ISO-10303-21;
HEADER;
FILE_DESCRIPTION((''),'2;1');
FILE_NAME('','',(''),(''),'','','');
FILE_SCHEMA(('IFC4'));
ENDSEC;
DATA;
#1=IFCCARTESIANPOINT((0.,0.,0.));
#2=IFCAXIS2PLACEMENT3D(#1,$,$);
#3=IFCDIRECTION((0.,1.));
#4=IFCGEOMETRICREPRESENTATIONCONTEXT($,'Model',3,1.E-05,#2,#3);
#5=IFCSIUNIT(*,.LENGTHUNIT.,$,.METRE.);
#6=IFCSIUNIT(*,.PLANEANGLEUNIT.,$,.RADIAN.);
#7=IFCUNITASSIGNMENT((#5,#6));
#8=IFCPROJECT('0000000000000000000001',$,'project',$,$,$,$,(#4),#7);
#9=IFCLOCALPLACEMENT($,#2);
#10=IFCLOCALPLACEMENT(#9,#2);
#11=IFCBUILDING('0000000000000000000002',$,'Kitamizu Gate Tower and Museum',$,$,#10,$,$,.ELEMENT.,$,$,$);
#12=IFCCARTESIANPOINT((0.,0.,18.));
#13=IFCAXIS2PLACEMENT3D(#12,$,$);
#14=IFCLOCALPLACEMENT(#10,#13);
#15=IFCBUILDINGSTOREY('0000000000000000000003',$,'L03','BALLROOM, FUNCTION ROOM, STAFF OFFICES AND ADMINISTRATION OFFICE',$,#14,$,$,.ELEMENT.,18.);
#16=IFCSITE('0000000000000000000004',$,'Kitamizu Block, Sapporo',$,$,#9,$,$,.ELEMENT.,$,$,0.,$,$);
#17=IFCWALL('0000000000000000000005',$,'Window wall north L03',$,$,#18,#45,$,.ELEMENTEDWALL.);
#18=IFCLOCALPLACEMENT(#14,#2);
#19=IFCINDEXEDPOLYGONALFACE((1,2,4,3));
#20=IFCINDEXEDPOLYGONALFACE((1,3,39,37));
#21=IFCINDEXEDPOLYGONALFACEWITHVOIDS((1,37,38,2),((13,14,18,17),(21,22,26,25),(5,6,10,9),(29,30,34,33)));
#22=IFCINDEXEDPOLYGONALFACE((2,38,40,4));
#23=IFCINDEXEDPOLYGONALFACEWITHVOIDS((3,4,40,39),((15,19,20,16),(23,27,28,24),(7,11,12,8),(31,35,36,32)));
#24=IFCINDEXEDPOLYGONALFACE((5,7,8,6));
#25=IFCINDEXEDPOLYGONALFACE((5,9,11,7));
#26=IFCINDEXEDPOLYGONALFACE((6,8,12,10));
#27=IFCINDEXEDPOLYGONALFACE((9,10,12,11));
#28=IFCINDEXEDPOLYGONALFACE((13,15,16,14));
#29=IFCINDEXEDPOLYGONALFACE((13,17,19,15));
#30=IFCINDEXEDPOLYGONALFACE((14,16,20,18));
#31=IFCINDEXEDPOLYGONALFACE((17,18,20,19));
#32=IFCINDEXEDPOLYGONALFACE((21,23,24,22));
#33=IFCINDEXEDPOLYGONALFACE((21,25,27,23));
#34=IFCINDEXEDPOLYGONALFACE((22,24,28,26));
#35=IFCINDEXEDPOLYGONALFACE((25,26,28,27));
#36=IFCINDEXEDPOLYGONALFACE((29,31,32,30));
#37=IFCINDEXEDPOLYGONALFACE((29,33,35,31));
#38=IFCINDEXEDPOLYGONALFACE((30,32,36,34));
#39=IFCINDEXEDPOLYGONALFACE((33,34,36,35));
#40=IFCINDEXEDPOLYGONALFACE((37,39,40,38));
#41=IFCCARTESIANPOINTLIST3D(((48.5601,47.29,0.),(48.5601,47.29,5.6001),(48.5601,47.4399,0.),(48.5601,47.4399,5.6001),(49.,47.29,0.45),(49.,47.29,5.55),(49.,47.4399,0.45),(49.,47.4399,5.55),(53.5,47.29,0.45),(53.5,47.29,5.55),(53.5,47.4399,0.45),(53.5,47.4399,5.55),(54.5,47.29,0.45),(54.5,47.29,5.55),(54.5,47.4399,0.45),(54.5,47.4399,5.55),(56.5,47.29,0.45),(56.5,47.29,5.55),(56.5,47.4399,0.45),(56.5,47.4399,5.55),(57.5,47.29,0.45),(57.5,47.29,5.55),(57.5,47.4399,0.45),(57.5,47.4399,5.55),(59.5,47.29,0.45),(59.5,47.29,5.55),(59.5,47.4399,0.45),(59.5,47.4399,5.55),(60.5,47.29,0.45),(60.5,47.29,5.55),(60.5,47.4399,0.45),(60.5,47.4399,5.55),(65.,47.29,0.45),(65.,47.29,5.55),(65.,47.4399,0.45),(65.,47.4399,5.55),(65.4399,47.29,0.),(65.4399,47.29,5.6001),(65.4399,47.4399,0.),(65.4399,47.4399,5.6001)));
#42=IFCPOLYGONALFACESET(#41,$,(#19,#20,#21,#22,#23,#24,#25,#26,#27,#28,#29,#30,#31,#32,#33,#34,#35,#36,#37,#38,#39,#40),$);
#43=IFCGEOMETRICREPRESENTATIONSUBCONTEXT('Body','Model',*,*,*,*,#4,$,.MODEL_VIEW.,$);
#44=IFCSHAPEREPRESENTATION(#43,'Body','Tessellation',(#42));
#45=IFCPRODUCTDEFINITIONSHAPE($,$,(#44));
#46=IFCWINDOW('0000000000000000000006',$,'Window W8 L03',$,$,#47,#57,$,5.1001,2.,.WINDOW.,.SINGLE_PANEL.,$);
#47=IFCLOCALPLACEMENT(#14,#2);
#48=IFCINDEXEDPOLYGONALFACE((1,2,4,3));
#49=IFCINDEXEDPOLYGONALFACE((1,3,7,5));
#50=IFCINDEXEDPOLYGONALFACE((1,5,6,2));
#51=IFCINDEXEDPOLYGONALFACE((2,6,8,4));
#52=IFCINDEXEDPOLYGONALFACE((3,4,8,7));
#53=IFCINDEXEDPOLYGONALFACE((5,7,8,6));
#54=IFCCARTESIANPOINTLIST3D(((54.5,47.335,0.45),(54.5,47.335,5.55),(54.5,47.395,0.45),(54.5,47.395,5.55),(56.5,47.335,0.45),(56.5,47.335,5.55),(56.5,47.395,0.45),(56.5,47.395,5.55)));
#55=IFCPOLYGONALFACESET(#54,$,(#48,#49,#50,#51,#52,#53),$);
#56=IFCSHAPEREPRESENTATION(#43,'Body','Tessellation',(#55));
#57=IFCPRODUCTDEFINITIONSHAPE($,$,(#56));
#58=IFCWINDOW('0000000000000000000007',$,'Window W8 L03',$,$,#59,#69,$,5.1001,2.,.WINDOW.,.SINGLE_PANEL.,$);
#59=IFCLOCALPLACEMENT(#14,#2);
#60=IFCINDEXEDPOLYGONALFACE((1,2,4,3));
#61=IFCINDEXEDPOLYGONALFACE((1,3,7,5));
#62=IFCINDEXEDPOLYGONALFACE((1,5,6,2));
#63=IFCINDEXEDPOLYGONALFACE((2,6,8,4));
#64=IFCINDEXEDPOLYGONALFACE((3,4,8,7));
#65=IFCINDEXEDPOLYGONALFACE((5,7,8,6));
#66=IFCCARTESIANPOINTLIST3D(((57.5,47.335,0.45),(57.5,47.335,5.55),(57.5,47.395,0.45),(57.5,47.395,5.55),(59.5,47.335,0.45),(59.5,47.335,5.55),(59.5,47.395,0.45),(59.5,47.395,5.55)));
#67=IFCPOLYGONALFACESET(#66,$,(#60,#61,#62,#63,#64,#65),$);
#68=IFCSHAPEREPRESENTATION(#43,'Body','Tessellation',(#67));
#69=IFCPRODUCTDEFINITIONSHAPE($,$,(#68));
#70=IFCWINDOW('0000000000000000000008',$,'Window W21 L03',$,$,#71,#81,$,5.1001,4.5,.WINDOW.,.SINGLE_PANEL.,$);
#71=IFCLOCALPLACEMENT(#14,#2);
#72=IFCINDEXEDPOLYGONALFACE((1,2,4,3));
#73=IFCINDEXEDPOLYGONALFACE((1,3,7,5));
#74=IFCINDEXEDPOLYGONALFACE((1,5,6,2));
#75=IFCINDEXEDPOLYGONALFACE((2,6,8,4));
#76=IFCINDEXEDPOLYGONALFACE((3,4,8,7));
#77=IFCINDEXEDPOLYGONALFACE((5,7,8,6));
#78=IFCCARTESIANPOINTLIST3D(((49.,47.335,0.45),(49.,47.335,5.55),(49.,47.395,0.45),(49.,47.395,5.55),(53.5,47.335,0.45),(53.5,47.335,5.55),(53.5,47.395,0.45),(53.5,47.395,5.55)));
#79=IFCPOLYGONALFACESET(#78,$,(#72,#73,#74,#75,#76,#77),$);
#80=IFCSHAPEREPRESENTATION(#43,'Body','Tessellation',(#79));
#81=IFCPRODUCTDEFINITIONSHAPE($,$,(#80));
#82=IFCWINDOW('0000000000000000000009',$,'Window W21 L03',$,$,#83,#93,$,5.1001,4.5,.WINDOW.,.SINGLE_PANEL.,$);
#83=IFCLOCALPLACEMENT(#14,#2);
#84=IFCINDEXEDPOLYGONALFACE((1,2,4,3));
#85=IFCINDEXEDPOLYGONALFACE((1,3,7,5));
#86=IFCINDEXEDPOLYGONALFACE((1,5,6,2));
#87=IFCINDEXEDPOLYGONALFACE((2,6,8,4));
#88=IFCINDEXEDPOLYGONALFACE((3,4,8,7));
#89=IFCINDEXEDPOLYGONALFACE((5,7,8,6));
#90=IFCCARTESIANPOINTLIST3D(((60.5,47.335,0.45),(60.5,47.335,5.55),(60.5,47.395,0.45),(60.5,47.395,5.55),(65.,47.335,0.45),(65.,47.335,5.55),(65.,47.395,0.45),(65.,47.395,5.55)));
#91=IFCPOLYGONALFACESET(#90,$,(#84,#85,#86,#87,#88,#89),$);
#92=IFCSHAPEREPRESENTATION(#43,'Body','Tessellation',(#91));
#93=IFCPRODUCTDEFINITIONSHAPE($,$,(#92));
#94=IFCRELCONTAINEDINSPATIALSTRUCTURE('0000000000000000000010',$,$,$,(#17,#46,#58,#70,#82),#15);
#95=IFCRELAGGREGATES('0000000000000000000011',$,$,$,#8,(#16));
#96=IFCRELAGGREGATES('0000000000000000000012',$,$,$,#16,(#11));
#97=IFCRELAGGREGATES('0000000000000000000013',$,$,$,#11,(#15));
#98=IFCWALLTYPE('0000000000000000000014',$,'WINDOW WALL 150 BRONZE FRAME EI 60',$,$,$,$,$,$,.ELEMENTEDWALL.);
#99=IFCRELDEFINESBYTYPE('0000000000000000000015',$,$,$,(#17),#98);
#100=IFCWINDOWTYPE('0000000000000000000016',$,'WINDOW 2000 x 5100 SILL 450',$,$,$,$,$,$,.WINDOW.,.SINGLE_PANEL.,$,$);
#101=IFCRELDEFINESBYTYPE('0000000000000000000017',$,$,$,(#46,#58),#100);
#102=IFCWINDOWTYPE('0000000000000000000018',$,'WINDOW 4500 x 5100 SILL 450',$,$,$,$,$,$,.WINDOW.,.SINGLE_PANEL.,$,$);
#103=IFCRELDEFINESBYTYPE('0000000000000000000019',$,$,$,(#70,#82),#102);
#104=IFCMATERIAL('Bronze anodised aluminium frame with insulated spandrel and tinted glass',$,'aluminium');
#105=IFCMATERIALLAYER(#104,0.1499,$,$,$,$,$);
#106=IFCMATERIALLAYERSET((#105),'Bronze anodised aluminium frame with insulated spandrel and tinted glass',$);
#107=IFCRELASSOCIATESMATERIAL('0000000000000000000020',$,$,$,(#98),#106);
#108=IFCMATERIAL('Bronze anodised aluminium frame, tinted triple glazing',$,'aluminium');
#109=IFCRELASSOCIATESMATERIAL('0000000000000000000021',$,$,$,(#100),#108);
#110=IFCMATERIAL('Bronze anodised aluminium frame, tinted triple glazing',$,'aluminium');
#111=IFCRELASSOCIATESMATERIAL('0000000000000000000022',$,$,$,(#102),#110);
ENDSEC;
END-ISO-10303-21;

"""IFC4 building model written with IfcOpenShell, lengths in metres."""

from ifc_helpers import new_model, si_unit, direction, frame, frame_2d, origin, place, context, subcontext, project, spatial, rectangle, extrude, material, layer, layer_set, type_object, element, fill, save


model = new_model("IFC4")

# Units and contexts
model_context = context("Model", 3, precision=1e-05, world=origin(), true_north=direction((0.0, 1.0)))
body_context = subcontext(model_context, "Body", "Model", "MODEL_VIEW")
ifc_project = project(units=[si_unit("LENGTHUNIT", "METRE"), si_unit("PLANEANGLEUNIT", "RADIAN")], contexts=[model_context])

# Site, building, storey
site_placement = place(None, origin())
site = spatial("IfcSite", under=ifc_project, at=site_placement, Name="Kitamizu Block, Sapporo", CompositionType="ELEMENT", RefElevation=0.0)
building_placement = place(site_placement, origin())
building = spatial("IfcBuilding", under=site, at=building_placement, Name="Kitamizu Gate Tower and Museum", CompositionType="ELEMENT")
storey_placement = place(building_placement, frame((0.0, 0.0, 18.0)))
storey = spatial("IfcBuildingStorey", under=building, at=storey_placement, Name="L03", Description="BALLROOM, FUNCTION ROOM, STAFF OFFICES AND ADMINISTRATION OFFICE", CompositionType="ELEMENT", Elevation=18.0)

# Wall, openings, windows
ifc_material_1 = material(Name="Bronze anodised aluminium frame with insulated spandrel and tinted glass", Category="aluminium")
ifc_layer_1 = layer(ifc_material_1, 0.1499)
ifc_layer_set_1 = layer_set([ifc_layer_1], Name="Bronze anodised aluminium frame with insulated spandrel and tinted glass")
wall_type = type_object("IfcWallType", Name="WINDOW WALL 150 BRONZE FRAME EI 60", PredefinedType="ELEMENTEDWALL", material=ifc_layer_set_1)
wall_placement = place(storey_placement, frame((48.5601, 47.365, 0.0), z_axis=(0.0, 0.0, 1.0), x_axis=(1.0, 0.0, 0.0)))
wall = element("IfcWall", 1, at=wall_placement, inside=storey, type_object=wall_type, Name="Window wall north L03", PredefinedType="ELEMENTEDWALL", context=body_context, shape_type="SweptSolid", body=[
    extrude(rectangle(XDim=16.8799, YDim=0.1499, at=frame_2d((8.4399, 0.0))), origin(), (0.0, 0.0, 1.0), 5.6001),
])
opening_1_placement = place(wall_placement, frame((0.4399, 0.0, 0.45)))
opening_1 = element("IfcOpeningElement", 2, at=opening_1_placement, cuts=wall, PredefinedType="OPENING", context=body_context, shape_type="SweptSolid", body=[
    extrude(rectangle(XDim=4.5, YDim=5.1001, at=frame_2d((2.25, 2.55))), frame((0.0, 0.085, 0.0), z_axis=(0.0, -1.0, 0.0), x_axis=(1.0, 0.0, 0.0)), (0.0, 0.0, 1.0), 0.1699),
])
opening_2_placement = place(wall_placement, frame((5.9399, 0.0, 0.45)))
opening_2 = element("IfcOpeningElement", 3, at=opening_2_placement, cuts=wall, PredefinedType="OPENING", context=body_context, shape_type="SweptSolid", body=[
    extrude(rectangle(XDim=2.0, YDim=5.1001, at=frame_2d((1.0, 2.55))), frame((0.0, 0.085, 0.0), z_axis=(0.0, -1.0, 0.0), x_axis=(1.0, 0.0, 0.0)), (0.0, 0.0, 1.0), 0.1699),
])
opening_3_placement = place(wall_placement, frame((8.9399, 0.0, 0.45)))
opening_3 = element("IfcOpeningElement", 4, at=opening_3_placement, cuts=wall, PredefinedType="OPENING", context=body_context, shape_type="SweptSolid", body=[
    extrude(rectangle(XDim=2.0, YDim=5.1001, at=frame_2d((1.0, 2.55))), frame((0.0, 0.085, 0.0), z_axis=(0.0, -1.0, 0.0), x_axis=(1.0, 0.0, 0.0)), (0.0, 0.0, 1.0), 0.1699),
])
opening_4_placement = place(wall_placement, frame((11.9399, 0.0, 0.45)))
opening_4 = element("IfcOpeningElement", 5, at=opening_4_placement, cuts=wall, PredefinedType="OPENING", context=body_context, shape_type="SweptSolid", body=[
    extrude(rectangle(XDim=4.5, YDim=5.1001, at=frame_2d((2.25, 2.55))), frame((0.0, 0.085, 0.0), z_axis=(0.0, -1.0, 0.0), x_axis=(1.0, 0.0, 0.0)), (0.0, 0.0, 1.0), 0.1699),
])
ifc_material_2 = material(Name="Bronze anodised aluminium frame, tinted triple glazing", Category="aluminium")
window_type_1 = type_object("IfcWindowType", Name="WINDOW 2000 x 5100 SILL 450", PartitioningType="SINGLE_PANEL", PredefinedType="WINDOW", material=ifc_material_2)
window_1_placement = place(opening_2_placement, origin())
window_1 = element("IfcWindow", 6, at=window_1_placement, inside=storey, type_object=window_type_1, Name="Window W8 L03", OverallHeight=5.1001, OverallWidth=2.0, PartitioningType="SINGLE_PANEL", PredefinedType="WINDOW", context=body_context, shape_type="SweptSolid", body=[
    extrude(rectangle(XDim=2.0, YDim=5.1001, at=frame_2d((1.0, 2.55))), frame((0.0, 0.03, 0.0), z_axis=(0.0, -1.0, 0.0), x_axis=(1.0, 0.0, 0.0)), (0.0, 0.0, 1.0), 0.0601),
])
fill(opening_2, window_1)
window_2_placement = place(opening_3_placement, origin())
window_2 = element("IfcWindow", 7, at=window_2_placement, inside=storey, type_object=window_type_1, Name="Window W8 L03", OverallHeight=5.1001, OverallWidth=2.0, PartitioningType="SINGLE_PANEL", PredefinedType="WINDOW", context=body_context, shape_type="SweptSolid", body=[
    extrude(rectangle(XDim=2.0, YDim=5.1001, at=frame_2d((1.0, 2.55))), frame((0.0, 0.03, 0.0), z_axis=(0.0, -1.0, 0.0), x_axis=(1.0, 0.0, 0.0)), (0.0, 0.0, 1.0), 0.0601),
])
fill(opening_3, window_2)
ifc_material_3 = material(Name="Bronze anodised aluminium frame, tinted triple glazing", Category="aluminium")
window_type_2 = type_object("IfcWindowType", Name="WINDOW 4500 x 5100 SILL 450", PartitioningType="SINGLE_PANEL", PredefinedType="WINDOW", material=ifc_material_3)
window_3_placement = place(opening_1_placement, origin())
window_3 = element("IfcWindow", 8, at=window_3_placement, inside=storey, type_object=window_type_2, Name="Window W21 L03", OverallHeight=5.1001, OverallWidth=4.5, PartitioningType="SINGLE_PANEL", PredefinedType="WINDOW", context=body_context, shape_type="SweptSolid", body=[
    extrude(rectangle(XDim=4.5, YDim=5.1001, at=frame_2d((2.25, 2.55))), frame((0.0, 0.03, 0.0), z_axis=(0.0, -1.0, 0.0), x_axis=(1.0, 0.0, 0.0)), (0.0, 0.0, 1.0), 0.0601),
])
fill(opening_1, window_3)
window_4_placement = place(opening_4_placement, origin())
window_4 = element("IfcWindow", 9, at=window_4_placement, inside=storey, type_object=window_type_2, Name="Window W21 L03", OverallHeight=5.1001, OverallWidth=4.5, PartitioningType="SINGLE_PANEL", PredefinedType="WINDOW", context=body_context, shape_type="SweptSolid", body=[
    extrude(rectangle(XDim=4.5, YDim=5.1001, at=frame_2d((2.25, 2.55))), frame((0.0, 0.03, 0.0), z_axis=(0.0, -1.0, 0.0), x_axis=(1.0, 0.0, 0.0)), (0.0, 0.0, 1.0), 0.0601),
])
fill(opening_4, window_4)

save(model, "model.ifc")
